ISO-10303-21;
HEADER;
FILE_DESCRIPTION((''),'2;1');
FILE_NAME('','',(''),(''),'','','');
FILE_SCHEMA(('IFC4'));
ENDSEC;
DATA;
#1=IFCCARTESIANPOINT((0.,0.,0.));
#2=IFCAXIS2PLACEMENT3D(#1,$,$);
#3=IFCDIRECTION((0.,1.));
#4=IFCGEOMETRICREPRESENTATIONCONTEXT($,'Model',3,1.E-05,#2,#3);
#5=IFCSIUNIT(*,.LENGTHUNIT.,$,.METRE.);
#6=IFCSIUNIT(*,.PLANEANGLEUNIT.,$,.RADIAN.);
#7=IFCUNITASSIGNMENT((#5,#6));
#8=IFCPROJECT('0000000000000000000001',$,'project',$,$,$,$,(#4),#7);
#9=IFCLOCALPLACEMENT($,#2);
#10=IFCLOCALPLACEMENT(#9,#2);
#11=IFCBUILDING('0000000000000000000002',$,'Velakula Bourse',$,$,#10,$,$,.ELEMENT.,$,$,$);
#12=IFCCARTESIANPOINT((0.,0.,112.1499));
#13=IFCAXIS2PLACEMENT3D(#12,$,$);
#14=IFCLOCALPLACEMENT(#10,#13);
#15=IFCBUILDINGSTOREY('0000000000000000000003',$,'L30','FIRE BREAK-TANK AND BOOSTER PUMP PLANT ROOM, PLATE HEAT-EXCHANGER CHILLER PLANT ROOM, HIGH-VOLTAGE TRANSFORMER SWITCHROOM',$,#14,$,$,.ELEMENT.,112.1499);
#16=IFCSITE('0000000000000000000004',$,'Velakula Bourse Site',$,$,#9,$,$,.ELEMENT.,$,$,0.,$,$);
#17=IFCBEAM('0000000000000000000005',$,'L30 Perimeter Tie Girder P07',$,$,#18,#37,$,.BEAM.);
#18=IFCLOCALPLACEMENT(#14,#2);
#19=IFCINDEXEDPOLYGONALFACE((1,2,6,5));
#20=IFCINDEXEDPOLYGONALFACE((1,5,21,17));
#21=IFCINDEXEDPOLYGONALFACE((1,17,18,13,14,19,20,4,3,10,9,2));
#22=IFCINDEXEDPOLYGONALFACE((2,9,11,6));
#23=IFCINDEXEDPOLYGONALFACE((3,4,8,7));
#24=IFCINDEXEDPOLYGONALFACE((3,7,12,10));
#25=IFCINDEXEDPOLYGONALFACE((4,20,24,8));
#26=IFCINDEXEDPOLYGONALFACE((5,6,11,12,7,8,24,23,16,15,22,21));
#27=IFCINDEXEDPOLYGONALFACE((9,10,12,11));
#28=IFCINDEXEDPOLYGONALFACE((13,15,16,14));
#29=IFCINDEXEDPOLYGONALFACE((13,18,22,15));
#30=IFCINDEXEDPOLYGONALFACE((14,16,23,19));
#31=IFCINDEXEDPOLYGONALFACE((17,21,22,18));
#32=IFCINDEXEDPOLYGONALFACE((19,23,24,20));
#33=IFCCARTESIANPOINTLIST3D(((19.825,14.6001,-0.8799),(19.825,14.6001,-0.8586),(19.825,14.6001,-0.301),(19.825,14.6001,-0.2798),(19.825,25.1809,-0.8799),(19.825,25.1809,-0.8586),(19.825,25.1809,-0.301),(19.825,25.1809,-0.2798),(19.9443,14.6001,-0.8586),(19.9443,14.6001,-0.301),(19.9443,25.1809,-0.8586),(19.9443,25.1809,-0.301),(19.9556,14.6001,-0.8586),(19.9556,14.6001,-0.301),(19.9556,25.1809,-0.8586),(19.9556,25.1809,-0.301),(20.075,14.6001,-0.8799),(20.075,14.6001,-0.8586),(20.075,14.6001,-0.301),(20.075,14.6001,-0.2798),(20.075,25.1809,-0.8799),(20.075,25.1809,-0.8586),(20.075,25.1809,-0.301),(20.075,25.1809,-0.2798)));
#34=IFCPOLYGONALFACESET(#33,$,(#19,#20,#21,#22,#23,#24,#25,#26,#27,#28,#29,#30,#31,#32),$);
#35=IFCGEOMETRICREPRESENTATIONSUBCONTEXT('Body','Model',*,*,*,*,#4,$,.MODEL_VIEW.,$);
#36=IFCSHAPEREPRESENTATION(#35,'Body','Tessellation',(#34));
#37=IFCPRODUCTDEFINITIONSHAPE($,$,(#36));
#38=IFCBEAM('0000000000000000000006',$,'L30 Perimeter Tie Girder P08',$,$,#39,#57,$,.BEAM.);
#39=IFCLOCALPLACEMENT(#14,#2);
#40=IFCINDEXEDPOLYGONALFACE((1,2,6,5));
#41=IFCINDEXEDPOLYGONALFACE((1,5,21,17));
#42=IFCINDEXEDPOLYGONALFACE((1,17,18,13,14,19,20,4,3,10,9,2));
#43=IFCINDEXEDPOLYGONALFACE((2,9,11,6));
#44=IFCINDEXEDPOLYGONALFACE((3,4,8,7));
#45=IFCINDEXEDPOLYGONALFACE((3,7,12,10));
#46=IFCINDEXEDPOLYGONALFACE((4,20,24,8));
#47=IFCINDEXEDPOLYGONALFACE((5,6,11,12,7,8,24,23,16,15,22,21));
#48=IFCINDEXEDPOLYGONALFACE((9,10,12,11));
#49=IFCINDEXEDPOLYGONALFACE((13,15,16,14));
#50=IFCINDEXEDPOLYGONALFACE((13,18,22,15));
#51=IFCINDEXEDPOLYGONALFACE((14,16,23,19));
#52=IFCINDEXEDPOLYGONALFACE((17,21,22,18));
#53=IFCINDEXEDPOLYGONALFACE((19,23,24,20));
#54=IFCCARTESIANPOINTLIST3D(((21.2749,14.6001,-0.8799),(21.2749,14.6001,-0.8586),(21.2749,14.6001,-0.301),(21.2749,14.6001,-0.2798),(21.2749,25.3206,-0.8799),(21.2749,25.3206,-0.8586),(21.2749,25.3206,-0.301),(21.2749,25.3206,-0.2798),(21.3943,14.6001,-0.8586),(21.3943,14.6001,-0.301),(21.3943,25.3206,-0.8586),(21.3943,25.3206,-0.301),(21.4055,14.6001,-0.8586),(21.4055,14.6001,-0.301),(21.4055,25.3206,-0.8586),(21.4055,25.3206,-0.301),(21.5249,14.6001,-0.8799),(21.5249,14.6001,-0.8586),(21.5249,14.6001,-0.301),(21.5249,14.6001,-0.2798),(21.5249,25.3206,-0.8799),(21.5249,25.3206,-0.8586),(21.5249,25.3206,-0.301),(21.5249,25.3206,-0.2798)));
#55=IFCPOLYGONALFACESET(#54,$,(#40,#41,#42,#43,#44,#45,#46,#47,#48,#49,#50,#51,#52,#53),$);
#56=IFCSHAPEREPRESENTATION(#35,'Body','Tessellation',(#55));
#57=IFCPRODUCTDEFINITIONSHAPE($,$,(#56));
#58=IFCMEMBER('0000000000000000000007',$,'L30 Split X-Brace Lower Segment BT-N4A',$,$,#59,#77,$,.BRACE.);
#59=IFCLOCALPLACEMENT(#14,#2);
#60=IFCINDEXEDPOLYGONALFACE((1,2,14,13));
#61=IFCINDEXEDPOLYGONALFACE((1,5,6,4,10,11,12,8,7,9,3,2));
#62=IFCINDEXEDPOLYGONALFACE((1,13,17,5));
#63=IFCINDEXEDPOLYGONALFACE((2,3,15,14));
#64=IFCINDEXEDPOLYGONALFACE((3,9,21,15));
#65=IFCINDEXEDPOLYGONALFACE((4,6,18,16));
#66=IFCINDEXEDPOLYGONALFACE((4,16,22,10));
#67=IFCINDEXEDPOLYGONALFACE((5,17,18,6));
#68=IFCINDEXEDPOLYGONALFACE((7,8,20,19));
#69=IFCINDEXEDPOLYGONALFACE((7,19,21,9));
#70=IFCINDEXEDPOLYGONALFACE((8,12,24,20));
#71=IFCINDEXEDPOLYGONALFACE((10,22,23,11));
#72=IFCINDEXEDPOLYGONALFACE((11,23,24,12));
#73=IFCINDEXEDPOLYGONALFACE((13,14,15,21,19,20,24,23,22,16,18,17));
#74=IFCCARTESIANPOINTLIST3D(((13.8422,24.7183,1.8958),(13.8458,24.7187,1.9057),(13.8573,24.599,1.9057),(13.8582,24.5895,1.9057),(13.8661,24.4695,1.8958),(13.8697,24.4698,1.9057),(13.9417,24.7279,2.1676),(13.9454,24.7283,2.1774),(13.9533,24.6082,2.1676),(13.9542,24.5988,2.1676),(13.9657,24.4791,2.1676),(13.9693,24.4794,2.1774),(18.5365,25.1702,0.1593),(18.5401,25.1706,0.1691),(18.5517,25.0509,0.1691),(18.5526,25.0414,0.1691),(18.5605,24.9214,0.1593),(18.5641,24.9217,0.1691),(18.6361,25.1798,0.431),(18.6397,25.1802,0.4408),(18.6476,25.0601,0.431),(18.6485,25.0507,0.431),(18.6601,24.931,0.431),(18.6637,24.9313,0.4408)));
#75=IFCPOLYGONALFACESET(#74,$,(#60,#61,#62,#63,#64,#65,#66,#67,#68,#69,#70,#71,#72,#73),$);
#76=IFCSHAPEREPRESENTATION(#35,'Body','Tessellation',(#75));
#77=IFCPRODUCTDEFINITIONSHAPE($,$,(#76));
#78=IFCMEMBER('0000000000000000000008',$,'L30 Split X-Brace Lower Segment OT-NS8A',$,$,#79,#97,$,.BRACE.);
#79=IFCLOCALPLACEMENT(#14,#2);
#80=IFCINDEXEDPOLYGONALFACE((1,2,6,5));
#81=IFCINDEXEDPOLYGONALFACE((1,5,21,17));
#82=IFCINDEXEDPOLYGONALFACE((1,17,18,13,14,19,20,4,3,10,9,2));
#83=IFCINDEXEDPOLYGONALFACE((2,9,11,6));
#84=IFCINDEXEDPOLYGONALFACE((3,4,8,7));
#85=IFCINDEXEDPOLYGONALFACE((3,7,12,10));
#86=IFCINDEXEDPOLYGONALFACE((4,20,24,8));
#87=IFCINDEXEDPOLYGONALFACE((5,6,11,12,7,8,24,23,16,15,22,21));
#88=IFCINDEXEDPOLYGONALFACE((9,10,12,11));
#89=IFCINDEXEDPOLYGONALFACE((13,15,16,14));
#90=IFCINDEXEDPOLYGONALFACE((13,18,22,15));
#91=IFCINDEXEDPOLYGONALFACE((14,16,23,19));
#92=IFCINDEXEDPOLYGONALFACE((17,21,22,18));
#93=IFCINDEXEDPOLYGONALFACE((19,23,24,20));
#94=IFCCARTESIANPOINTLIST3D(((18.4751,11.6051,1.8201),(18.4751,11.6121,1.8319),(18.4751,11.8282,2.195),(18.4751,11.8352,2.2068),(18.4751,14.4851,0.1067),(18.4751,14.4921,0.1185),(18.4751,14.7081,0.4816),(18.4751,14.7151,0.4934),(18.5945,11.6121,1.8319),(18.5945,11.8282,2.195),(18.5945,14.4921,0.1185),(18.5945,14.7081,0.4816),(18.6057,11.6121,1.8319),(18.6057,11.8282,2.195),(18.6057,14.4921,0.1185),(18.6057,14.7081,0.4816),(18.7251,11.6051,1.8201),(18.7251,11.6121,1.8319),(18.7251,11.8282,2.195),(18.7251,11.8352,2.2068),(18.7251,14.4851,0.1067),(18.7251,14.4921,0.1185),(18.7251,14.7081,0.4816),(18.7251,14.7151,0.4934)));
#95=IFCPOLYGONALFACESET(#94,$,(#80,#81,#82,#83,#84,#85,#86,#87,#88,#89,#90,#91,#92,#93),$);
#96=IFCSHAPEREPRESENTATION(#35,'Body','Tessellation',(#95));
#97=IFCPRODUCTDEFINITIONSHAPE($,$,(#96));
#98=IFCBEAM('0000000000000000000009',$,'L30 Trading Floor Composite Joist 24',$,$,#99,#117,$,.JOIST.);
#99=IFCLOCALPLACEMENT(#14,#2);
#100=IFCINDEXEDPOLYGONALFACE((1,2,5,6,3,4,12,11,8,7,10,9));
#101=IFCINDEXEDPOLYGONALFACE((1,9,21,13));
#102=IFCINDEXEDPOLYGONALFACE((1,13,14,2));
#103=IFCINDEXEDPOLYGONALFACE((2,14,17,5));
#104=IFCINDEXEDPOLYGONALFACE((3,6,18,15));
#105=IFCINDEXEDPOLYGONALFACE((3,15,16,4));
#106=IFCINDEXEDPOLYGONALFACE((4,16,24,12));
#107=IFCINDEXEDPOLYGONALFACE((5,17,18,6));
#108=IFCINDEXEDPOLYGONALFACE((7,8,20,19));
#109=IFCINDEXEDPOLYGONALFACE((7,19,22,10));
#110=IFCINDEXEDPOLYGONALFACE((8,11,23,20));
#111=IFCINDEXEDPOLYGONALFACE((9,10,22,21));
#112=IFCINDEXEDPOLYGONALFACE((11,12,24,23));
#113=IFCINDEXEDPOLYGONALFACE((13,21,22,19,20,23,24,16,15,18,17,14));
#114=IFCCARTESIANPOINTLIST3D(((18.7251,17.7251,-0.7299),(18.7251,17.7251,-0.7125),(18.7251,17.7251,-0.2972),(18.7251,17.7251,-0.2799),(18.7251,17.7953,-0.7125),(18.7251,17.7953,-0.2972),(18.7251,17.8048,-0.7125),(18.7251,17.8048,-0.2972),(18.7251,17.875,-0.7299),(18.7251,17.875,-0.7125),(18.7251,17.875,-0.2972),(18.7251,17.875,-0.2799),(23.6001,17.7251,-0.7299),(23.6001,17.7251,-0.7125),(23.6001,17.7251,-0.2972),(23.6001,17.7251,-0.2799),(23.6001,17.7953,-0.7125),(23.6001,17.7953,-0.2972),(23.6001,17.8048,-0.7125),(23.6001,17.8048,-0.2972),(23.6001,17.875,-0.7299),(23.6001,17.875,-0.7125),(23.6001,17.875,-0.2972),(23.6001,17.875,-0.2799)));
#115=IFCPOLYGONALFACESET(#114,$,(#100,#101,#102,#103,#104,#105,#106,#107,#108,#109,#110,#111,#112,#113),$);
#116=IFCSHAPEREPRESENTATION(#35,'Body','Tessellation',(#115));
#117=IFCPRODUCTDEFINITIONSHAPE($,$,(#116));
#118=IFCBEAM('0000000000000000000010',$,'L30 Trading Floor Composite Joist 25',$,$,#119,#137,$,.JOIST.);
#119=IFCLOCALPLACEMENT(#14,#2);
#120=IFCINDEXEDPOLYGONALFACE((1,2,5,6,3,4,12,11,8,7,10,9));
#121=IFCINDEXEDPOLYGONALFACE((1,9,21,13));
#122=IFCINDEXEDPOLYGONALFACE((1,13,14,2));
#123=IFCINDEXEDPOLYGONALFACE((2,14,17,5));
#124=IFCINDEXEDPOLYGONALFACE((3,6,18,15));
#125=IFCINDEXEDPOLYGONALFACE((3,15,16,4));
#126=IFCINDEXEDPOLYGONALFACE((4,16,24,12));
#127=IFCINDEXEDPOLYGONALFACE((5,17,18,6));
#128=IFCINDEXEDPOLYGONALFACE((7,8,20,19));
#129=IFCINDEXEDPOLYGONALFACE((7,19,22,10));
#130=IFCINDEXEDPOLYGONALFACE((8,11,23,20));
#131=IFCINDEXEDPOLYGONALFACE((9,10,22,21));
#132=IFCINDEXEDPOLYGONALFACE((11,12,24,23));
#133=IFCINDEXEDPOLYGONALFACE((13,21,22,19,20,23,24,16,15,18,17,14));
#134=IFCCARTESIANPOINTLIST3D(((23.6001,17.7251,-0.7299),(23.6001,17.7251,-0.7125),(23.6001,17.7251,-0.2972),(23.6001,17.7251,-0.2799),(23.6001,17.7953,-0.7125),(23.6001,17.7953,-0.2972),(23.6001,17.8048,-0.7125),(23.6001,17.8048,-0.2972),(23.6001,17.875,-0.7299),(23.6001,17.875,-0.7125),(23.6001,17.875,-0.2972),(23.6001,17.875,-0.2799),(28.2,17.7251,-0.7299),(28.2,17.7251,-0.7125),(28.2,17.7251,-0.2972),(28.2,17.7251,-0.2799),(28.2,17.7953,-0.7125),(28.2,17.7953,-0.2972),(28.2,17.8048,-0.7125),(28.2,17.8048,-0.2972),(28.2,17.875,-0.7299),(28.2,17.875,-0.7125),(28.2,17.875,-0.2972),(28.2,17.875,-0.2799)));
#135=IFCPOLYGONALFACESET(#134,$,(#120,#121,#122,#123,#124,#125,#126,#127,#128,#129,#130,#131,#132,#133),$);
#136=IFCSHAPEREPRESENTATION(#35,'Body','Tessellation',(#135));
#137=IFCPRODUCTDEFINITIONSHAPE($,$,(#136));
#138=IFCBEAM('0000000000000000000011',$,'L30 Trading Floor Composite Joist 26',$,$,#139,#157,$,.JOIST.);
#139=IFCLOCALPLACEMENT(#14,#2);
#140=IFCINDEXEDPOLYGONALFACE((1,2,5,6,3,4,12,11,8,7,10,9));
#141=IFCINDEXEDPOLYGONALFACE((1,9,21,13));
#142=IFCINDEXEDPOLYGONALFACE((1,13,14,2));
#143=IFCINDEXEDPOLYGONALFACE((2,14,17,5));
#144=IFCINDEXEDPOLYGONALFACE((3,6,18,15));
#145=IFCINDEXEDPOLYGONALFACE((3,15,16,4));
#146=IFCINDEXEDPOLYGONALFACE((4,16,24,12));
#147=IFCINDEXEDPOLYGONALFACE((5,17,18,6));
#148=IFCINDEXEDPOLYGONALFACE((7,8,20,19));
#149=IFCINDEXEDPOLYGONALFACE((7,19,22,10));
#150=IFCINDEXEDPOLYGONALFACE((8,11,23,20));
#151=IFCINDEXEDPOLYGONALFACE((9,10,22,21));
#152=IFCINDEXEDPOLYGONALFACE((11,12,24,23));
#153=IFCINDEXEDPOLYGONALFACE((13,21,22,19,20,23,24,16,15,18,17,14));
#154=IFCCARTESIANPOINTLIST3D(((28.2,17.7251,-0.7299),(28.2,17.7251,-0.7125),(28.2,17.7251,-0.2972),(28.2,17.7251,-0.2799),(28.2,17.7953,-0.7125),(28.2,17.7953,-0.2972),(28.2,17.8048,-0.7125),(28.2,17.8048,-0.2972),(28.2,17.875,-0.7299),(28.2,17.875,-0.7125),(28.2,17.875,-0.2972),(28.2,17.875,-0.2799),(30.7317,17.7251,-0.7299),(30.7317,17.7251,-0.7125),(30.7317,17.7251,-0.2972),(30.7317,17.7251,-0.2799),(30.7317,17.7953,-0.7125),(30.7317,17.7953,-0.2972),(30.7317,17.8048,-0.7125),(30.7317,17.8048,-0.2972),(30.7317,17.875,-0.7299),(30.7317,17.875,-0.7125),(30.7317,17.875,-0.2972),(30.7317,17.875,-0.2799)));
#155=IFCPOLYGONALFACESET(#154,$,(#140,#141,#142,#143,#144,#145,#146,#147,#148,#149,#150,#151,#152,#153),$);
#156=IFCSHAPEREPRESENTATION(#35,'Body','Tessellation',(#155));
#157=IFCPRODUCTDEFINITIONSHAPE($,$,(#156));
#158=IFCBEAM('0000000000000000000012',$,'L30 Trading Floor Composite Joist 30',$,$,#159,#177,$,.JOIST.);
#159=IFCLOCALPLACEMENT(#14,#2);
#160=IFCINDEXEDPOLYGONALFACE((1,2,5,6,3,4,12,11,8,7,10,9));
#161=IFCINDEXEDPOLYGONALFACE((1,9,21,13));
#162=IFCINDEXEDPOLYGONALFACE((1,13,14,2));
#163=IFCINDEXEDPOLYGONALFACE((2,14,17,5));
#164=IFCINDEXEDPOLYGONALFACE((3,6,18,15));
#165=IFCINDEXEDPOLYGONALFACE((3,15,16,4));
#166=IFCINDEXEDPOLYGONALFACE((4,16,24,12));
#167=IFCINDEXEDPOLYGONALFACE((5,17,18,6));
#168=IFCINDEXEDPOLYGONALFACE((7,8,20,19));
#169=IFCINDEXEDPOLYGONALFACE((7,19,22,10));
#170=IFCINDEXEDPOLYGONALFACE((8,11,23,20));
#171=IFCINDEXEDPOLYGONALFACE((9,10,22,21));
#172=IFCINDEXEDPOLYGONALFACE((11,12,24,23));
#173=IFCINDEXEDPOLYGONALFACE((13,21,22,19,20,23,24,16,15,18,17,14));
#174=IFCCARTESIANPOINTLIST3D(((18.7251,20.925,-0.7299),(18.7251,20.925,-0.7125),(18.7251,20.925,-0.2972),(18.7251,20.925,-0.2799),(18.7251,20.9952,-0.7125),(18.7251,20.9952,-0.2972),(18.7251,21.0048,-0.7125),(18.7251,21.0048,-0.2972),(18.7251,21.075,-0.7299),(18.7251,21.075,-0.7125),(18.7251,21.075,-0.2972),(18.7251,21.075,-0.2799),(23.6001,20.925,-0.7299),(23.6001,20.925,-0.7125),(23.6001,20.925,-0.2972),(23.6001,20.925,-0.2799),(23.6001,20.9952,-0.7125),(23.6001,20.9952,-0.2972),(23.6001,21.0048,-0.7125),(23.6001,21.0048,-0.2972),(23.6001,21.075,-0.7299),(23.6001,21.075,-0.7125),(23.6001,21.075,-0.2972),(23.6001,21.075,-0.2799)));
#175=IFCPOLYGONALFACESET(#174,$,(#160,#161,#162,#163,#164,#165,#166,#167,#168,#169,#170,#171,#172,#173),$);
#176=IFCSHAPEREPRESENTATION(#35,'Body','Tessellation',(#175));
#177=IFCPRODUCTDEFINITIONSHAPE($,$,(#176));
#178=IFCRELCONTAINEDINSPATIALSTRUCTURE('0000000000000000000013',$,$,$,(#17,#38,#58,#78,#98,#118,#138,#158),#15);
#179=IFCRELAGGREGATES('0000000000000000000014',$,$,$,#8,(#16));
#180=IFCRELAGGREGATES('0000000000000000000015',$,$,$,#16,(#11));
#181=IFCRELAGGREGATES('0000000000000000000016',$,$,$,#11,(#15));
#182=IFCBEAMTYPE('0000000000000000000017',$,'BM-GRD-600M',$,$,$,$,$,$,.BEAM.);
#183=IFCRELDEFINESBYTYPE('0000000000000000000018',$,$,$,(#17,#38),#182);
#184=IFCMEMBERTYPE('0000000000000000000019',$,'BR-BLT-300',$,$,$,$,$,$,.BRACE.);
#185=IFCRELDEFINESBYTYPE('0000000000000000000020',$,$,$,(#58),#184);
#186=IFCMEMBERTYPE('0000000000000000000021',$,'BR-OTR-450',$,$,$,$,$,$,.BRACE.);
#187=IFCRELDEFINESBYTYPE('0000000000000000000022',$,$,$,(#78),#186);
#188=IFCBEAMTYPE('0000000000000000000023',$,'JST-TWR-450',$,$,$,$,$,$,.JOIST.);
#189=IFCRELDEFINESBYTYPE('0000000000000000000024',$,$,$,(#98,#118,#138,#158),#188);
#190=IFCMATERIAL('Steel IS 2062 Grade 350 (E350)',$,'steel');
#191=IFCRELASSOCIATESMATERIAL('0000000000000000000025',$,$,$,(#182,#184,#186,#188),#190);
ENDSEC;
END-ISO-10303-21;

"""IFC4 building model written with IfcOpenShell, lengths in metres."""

from ifc_helpers import new_model, si_unit, direction, frame, origin, origin_2d, place, context, subcontext, project, spatial, i_section, extrude, material, material_profile, profile_set, type_object, element, save


model = new_model("IFC4")

# Units and contexts
model_context = context("Model", 3, precision=1e-05, world=origin(), true_north=direction((0.0, 1.0)))
body_context = subcontext(model_context, "Body", "Model", "MODEL_VIEW")
ifc_project = project(units=[si_unit("LENGTHUNIT", "METRE"), si_unit("PLANEANGLEUNIT", "RADIAN")], contexts=[model_context])

# Site, building, storey
site_placement = place(None, origin())
site = spatial("IfcSite", under=ifc_project, at=site_placement, Name="Velakula Bourse Site", CompositionType="ELEMENT", RefElevation=0.0)
building_placement = place(site_placement, origin())
building = spatial("IfcBuilding", under=site, at=building_placement, Name="Velakula Bourse", CompositionType="ELEMENT")
storey_placement = place(building_placement, frame((0.0, 0.0, 112.1499)))
storey = spatial("IfcBuildingStorey", under=building, at=storey_placement, Name="L30", Description="FIRE BREAK-TANK AND BOOSTER PUMP PLANT ROOM, PLATE HEAT-EXCHANGER CHILLER PLANT ROOM, HIGH-VOLTAGE TRANSFORMER SWITCHROOM", CompositionType="ELEMENT", Elevation=112.1499)

# Beams
ifc_material_1 = material(Name="Steel IS 2062 Grade 350 (E350)", Category="steel")
ifc_material_profile_1 = material_profile(ifc_material_1, i_section(OverallWidth=0.25, OverallDepth=0.6001, WebThickness=0.0112, FlangeThickness=0.0212, at=origin_2d()), Name="Steel IS 2062 Grade 350 (E350)")
ifc_profile_set_1 = profile_set([ifc_material_profile_1], Name="Steel IS 2062 Grade 350 (E350)")
beam_type_1 = type_object("IfcBeamType", Name="BM-GRD-600M", PredefinedType="BEAM", material=ifc_profile_set_1)
beam_1_placement = place(storey_placement, frame((19.95, 14.6001, -0.5798), z_axis=(0.0, 1.0, 0.0), x_axis=(-1.0, 0.0, 0.0)))
element("IfcBeam", 1, at=beam_1_placement, inside=storey, type_object=beam_type_1, Name="L30 Perimeter Tie Girder P07", PredefinedType="BEAM", context=body_context, shape_type="SweptSolid", body=[
    extrude(i_section(OverallWidth=0.25, OverallDepth=0.6001, WebThickness=0.0112, FlangeThickness=0.0212, at=origin_2d()), origin(), (0.0, 0.0, 1.0), 10.5808),
])
beam_2_placement = place(storey_placement, frame((21.3999, 14.6001, -0.5798), z_axis=(0.0, 1.0, 0.0), x_axis=(-1.0, 0.0, 0.0)))
element("IfcBeam", 2, at=beam_2_placement, inside=storey, type_object=beam_type_1, Name="L30 Perimeter Tie Girder P08", PredefinedType="BEAM", context=body_context, shape_type="SweptSolid", body=[
    extrude(i_section(OverallWidth=0.25, OverallDepth=0.6001, WebThickness=0.0112, FlangeThickness=0.0212, at=origin_2d()), origin(), (0.0, 0.0, 1.0), 10.7205),
])

# Members
ifc_material_profile_2 = material_profile(ifc_material_1, i_section(OverallWidth=0.25, OverallDepth=0.3, WebThickness=0.0095, FlangeThickness=0.0105, at=origin_2d()), Name="Steel IS 2062 Grade 350 (E350)")
ifc_profile_set_2 = profile_set([ifc_material_profile_2], Name="Steel IS 2062 Grade 350 (E350)")
member_type_1 = type_object("IfcMemberType", Name="BR-BLT-300", PredefinedType="BRACE", material=ifc_profile_set_2)
member_1_placement = place(storey_placement, frame((18.6001, 25.0508, 0.3), z_axis=(-0.934084, -0.08992, 0.345545), x_axis=(0.095823, -0.995398, 0.0)))
element("IfcMember", 3, at=member_1_placement, inside=storey, type_object=member_type_1, Name="L30 Split X-Brace Lower Segment BT-N4A", PredefinedType="BRACE", context=body_context, shape_type="SweptSolid", body=[
    extrude(i_section(OverallWidth=0.25, OverallDepth=0.3, WebThickness=0.0095, FlangeThickness=0.0105, at=origin_2d()), origin(), (0.0, 0.0, 1.0), 5.0256),
])
ifc_material_profile_3 = material_profile(ifc_material_1, i_section(OverallWidth=0.25, OverallDepth=0.45, WebThickness=0.0112, FlangeThickness=0.0137, at=origin_2d()), Name="Steel IS 2062 Grade 350 (E350)")
ifc_profile_set_3 = profile_set([ifc_material_profile_3], Name="Steel IS 2062 Grade 350 (E350)")
member_type_2 = type_object("IfcMemberType", Name="BR-OTR-450", PredefinedType="BRACE", material=ifc_profile_set_3)
member_2_placement = place(storey_placement, frame((18.6001, 14.6001, 0.3), z_axis=(0.0, -0.859403, 0.511299), x_axis=(1.0, 0.0, 0.0)))
element("IfcMember", 4, at=member_2_placement, inside=storey, type_object=member_type_2, Name="L30 Split X-Brace Lower Segment OT-NS8A", PredefinedType="BRACE", context=body_context, shape_type="SweptSolid", body=[
    extrude(i_section(OverallWidth=0.25, OverallDepth=0.45, WebThickness=0.0112, FlangeThickness=0.0137, at=origin_2d()), origin(), (0.0, 0.0, 1.0), 3.3511),
])

# Beams
ifc_material_profile_4 = material_profile(ifc_material_1, i_section(OverallWidth=0.1499, OverallDepth=0.45, WebThickness=0.0095, FlangeThickness=0.0173, at=origin_2d()), Name="Steel IS 2062 Grade 350 (E350)")
ifc_profile_set_4 = profile_set([ifc_material_profile_4], Name="Steel IS 2062 Grade 350 (E350)")
beam_type_2 = type_object("IfcBeamType", Name="JST-TWR-450", PredefinedType="JOIST", material=ifc_profile_set_4)
beam_3_placement = place(storey_placement, frame((18.7251, 17.8, -0.5049), z_axis=(1.0, 0.0, 0.0), x_axis=(0.0, 1.0, 0.0)))
element("IfcBeam", 5, at=beam_3_placement, inside=storey, type_object=beam_type_2, Name="L30 Trading Floor Composite Joist 24", PredefinedType="JOIST", context=body_context, shape_type="SweptSolid", body=[
    extrude(i_section(OverallWidth=0.1499, OverallDepth=0.45, WebThickness=0.0095, FlangeThickness=0.0173, at=origin_2d()), origin(), (0.0, 0.0, 1.0), 4.875),
])
beam_4_placement = place(storey_placement, frame((23.6001, 17.8, -0.5049), z_axis=(1.0, 0.0, 0.0), x_axis=(0.0, 1.0, 0.0)))
element("IfcBeam", 6, at=beam_4_placement, inside=storey, type_object=beam_type_2, Name="L30 Trading Floor Composite Joist 25", PredefinedType="JOIST", context=body_context, shape_type="SweptSolid", body=[
    extrude(i_section(OverallWidth=0.1499, OverallDepth=0.45, WebThickness=0.0095, FlangeThickness=0.0173, at=origin_2d()), origin(), (0.0, 0.0, 1.0), 4.5999),
])
beam_5_placement = place(storey_placement, frame((28.2, 17.8, -0.5049), z_axis=(1.0, 0.0, 0.0), x_axis=(0.0, 1.0, 0.0)))
element("IfcBeam", 7, at=beam_5_placement, inside=storey, type_object=beam_type_2, Name="L30 Trading Floor Composite Joist 26", PredefinedType="JOIST", context=body_context, shape_type="SweptSolid", body=[
    extrude(i_section(OverallWidth=0.1499, OverallDepth=0.45, WebThickness=0.0095, FlangeThickness=0.0173, at=origin_2d()), origin(), (0.0, 0.0, 1.0), 2.5317),
])
beam_6_placement = place(storey_placement, frame((18.7251, 21.0, -0.5049), z_axis=(1.0, 0.0, 0.0), x_axis=(0.0, 1.0, 0.0)))
element("IfcBeam", 8, at=beam_6_placement, inside=storey, type_object=beam_type_2, Name="L30 Trading Floor Composite Joist 30", PredefinedType="JOIST", context=body_context, shape_type="SweptSolid", body=[
    extrude(i_section(OverallWidth=0.1499, OverallDepth=0.45, WebThickness=0.0095, FlangeThickness=0.0173, at=origin_2d()), origin(), (0.0, 0.0, 1.0), 4.875),
])

save(model, "model.ifc")
